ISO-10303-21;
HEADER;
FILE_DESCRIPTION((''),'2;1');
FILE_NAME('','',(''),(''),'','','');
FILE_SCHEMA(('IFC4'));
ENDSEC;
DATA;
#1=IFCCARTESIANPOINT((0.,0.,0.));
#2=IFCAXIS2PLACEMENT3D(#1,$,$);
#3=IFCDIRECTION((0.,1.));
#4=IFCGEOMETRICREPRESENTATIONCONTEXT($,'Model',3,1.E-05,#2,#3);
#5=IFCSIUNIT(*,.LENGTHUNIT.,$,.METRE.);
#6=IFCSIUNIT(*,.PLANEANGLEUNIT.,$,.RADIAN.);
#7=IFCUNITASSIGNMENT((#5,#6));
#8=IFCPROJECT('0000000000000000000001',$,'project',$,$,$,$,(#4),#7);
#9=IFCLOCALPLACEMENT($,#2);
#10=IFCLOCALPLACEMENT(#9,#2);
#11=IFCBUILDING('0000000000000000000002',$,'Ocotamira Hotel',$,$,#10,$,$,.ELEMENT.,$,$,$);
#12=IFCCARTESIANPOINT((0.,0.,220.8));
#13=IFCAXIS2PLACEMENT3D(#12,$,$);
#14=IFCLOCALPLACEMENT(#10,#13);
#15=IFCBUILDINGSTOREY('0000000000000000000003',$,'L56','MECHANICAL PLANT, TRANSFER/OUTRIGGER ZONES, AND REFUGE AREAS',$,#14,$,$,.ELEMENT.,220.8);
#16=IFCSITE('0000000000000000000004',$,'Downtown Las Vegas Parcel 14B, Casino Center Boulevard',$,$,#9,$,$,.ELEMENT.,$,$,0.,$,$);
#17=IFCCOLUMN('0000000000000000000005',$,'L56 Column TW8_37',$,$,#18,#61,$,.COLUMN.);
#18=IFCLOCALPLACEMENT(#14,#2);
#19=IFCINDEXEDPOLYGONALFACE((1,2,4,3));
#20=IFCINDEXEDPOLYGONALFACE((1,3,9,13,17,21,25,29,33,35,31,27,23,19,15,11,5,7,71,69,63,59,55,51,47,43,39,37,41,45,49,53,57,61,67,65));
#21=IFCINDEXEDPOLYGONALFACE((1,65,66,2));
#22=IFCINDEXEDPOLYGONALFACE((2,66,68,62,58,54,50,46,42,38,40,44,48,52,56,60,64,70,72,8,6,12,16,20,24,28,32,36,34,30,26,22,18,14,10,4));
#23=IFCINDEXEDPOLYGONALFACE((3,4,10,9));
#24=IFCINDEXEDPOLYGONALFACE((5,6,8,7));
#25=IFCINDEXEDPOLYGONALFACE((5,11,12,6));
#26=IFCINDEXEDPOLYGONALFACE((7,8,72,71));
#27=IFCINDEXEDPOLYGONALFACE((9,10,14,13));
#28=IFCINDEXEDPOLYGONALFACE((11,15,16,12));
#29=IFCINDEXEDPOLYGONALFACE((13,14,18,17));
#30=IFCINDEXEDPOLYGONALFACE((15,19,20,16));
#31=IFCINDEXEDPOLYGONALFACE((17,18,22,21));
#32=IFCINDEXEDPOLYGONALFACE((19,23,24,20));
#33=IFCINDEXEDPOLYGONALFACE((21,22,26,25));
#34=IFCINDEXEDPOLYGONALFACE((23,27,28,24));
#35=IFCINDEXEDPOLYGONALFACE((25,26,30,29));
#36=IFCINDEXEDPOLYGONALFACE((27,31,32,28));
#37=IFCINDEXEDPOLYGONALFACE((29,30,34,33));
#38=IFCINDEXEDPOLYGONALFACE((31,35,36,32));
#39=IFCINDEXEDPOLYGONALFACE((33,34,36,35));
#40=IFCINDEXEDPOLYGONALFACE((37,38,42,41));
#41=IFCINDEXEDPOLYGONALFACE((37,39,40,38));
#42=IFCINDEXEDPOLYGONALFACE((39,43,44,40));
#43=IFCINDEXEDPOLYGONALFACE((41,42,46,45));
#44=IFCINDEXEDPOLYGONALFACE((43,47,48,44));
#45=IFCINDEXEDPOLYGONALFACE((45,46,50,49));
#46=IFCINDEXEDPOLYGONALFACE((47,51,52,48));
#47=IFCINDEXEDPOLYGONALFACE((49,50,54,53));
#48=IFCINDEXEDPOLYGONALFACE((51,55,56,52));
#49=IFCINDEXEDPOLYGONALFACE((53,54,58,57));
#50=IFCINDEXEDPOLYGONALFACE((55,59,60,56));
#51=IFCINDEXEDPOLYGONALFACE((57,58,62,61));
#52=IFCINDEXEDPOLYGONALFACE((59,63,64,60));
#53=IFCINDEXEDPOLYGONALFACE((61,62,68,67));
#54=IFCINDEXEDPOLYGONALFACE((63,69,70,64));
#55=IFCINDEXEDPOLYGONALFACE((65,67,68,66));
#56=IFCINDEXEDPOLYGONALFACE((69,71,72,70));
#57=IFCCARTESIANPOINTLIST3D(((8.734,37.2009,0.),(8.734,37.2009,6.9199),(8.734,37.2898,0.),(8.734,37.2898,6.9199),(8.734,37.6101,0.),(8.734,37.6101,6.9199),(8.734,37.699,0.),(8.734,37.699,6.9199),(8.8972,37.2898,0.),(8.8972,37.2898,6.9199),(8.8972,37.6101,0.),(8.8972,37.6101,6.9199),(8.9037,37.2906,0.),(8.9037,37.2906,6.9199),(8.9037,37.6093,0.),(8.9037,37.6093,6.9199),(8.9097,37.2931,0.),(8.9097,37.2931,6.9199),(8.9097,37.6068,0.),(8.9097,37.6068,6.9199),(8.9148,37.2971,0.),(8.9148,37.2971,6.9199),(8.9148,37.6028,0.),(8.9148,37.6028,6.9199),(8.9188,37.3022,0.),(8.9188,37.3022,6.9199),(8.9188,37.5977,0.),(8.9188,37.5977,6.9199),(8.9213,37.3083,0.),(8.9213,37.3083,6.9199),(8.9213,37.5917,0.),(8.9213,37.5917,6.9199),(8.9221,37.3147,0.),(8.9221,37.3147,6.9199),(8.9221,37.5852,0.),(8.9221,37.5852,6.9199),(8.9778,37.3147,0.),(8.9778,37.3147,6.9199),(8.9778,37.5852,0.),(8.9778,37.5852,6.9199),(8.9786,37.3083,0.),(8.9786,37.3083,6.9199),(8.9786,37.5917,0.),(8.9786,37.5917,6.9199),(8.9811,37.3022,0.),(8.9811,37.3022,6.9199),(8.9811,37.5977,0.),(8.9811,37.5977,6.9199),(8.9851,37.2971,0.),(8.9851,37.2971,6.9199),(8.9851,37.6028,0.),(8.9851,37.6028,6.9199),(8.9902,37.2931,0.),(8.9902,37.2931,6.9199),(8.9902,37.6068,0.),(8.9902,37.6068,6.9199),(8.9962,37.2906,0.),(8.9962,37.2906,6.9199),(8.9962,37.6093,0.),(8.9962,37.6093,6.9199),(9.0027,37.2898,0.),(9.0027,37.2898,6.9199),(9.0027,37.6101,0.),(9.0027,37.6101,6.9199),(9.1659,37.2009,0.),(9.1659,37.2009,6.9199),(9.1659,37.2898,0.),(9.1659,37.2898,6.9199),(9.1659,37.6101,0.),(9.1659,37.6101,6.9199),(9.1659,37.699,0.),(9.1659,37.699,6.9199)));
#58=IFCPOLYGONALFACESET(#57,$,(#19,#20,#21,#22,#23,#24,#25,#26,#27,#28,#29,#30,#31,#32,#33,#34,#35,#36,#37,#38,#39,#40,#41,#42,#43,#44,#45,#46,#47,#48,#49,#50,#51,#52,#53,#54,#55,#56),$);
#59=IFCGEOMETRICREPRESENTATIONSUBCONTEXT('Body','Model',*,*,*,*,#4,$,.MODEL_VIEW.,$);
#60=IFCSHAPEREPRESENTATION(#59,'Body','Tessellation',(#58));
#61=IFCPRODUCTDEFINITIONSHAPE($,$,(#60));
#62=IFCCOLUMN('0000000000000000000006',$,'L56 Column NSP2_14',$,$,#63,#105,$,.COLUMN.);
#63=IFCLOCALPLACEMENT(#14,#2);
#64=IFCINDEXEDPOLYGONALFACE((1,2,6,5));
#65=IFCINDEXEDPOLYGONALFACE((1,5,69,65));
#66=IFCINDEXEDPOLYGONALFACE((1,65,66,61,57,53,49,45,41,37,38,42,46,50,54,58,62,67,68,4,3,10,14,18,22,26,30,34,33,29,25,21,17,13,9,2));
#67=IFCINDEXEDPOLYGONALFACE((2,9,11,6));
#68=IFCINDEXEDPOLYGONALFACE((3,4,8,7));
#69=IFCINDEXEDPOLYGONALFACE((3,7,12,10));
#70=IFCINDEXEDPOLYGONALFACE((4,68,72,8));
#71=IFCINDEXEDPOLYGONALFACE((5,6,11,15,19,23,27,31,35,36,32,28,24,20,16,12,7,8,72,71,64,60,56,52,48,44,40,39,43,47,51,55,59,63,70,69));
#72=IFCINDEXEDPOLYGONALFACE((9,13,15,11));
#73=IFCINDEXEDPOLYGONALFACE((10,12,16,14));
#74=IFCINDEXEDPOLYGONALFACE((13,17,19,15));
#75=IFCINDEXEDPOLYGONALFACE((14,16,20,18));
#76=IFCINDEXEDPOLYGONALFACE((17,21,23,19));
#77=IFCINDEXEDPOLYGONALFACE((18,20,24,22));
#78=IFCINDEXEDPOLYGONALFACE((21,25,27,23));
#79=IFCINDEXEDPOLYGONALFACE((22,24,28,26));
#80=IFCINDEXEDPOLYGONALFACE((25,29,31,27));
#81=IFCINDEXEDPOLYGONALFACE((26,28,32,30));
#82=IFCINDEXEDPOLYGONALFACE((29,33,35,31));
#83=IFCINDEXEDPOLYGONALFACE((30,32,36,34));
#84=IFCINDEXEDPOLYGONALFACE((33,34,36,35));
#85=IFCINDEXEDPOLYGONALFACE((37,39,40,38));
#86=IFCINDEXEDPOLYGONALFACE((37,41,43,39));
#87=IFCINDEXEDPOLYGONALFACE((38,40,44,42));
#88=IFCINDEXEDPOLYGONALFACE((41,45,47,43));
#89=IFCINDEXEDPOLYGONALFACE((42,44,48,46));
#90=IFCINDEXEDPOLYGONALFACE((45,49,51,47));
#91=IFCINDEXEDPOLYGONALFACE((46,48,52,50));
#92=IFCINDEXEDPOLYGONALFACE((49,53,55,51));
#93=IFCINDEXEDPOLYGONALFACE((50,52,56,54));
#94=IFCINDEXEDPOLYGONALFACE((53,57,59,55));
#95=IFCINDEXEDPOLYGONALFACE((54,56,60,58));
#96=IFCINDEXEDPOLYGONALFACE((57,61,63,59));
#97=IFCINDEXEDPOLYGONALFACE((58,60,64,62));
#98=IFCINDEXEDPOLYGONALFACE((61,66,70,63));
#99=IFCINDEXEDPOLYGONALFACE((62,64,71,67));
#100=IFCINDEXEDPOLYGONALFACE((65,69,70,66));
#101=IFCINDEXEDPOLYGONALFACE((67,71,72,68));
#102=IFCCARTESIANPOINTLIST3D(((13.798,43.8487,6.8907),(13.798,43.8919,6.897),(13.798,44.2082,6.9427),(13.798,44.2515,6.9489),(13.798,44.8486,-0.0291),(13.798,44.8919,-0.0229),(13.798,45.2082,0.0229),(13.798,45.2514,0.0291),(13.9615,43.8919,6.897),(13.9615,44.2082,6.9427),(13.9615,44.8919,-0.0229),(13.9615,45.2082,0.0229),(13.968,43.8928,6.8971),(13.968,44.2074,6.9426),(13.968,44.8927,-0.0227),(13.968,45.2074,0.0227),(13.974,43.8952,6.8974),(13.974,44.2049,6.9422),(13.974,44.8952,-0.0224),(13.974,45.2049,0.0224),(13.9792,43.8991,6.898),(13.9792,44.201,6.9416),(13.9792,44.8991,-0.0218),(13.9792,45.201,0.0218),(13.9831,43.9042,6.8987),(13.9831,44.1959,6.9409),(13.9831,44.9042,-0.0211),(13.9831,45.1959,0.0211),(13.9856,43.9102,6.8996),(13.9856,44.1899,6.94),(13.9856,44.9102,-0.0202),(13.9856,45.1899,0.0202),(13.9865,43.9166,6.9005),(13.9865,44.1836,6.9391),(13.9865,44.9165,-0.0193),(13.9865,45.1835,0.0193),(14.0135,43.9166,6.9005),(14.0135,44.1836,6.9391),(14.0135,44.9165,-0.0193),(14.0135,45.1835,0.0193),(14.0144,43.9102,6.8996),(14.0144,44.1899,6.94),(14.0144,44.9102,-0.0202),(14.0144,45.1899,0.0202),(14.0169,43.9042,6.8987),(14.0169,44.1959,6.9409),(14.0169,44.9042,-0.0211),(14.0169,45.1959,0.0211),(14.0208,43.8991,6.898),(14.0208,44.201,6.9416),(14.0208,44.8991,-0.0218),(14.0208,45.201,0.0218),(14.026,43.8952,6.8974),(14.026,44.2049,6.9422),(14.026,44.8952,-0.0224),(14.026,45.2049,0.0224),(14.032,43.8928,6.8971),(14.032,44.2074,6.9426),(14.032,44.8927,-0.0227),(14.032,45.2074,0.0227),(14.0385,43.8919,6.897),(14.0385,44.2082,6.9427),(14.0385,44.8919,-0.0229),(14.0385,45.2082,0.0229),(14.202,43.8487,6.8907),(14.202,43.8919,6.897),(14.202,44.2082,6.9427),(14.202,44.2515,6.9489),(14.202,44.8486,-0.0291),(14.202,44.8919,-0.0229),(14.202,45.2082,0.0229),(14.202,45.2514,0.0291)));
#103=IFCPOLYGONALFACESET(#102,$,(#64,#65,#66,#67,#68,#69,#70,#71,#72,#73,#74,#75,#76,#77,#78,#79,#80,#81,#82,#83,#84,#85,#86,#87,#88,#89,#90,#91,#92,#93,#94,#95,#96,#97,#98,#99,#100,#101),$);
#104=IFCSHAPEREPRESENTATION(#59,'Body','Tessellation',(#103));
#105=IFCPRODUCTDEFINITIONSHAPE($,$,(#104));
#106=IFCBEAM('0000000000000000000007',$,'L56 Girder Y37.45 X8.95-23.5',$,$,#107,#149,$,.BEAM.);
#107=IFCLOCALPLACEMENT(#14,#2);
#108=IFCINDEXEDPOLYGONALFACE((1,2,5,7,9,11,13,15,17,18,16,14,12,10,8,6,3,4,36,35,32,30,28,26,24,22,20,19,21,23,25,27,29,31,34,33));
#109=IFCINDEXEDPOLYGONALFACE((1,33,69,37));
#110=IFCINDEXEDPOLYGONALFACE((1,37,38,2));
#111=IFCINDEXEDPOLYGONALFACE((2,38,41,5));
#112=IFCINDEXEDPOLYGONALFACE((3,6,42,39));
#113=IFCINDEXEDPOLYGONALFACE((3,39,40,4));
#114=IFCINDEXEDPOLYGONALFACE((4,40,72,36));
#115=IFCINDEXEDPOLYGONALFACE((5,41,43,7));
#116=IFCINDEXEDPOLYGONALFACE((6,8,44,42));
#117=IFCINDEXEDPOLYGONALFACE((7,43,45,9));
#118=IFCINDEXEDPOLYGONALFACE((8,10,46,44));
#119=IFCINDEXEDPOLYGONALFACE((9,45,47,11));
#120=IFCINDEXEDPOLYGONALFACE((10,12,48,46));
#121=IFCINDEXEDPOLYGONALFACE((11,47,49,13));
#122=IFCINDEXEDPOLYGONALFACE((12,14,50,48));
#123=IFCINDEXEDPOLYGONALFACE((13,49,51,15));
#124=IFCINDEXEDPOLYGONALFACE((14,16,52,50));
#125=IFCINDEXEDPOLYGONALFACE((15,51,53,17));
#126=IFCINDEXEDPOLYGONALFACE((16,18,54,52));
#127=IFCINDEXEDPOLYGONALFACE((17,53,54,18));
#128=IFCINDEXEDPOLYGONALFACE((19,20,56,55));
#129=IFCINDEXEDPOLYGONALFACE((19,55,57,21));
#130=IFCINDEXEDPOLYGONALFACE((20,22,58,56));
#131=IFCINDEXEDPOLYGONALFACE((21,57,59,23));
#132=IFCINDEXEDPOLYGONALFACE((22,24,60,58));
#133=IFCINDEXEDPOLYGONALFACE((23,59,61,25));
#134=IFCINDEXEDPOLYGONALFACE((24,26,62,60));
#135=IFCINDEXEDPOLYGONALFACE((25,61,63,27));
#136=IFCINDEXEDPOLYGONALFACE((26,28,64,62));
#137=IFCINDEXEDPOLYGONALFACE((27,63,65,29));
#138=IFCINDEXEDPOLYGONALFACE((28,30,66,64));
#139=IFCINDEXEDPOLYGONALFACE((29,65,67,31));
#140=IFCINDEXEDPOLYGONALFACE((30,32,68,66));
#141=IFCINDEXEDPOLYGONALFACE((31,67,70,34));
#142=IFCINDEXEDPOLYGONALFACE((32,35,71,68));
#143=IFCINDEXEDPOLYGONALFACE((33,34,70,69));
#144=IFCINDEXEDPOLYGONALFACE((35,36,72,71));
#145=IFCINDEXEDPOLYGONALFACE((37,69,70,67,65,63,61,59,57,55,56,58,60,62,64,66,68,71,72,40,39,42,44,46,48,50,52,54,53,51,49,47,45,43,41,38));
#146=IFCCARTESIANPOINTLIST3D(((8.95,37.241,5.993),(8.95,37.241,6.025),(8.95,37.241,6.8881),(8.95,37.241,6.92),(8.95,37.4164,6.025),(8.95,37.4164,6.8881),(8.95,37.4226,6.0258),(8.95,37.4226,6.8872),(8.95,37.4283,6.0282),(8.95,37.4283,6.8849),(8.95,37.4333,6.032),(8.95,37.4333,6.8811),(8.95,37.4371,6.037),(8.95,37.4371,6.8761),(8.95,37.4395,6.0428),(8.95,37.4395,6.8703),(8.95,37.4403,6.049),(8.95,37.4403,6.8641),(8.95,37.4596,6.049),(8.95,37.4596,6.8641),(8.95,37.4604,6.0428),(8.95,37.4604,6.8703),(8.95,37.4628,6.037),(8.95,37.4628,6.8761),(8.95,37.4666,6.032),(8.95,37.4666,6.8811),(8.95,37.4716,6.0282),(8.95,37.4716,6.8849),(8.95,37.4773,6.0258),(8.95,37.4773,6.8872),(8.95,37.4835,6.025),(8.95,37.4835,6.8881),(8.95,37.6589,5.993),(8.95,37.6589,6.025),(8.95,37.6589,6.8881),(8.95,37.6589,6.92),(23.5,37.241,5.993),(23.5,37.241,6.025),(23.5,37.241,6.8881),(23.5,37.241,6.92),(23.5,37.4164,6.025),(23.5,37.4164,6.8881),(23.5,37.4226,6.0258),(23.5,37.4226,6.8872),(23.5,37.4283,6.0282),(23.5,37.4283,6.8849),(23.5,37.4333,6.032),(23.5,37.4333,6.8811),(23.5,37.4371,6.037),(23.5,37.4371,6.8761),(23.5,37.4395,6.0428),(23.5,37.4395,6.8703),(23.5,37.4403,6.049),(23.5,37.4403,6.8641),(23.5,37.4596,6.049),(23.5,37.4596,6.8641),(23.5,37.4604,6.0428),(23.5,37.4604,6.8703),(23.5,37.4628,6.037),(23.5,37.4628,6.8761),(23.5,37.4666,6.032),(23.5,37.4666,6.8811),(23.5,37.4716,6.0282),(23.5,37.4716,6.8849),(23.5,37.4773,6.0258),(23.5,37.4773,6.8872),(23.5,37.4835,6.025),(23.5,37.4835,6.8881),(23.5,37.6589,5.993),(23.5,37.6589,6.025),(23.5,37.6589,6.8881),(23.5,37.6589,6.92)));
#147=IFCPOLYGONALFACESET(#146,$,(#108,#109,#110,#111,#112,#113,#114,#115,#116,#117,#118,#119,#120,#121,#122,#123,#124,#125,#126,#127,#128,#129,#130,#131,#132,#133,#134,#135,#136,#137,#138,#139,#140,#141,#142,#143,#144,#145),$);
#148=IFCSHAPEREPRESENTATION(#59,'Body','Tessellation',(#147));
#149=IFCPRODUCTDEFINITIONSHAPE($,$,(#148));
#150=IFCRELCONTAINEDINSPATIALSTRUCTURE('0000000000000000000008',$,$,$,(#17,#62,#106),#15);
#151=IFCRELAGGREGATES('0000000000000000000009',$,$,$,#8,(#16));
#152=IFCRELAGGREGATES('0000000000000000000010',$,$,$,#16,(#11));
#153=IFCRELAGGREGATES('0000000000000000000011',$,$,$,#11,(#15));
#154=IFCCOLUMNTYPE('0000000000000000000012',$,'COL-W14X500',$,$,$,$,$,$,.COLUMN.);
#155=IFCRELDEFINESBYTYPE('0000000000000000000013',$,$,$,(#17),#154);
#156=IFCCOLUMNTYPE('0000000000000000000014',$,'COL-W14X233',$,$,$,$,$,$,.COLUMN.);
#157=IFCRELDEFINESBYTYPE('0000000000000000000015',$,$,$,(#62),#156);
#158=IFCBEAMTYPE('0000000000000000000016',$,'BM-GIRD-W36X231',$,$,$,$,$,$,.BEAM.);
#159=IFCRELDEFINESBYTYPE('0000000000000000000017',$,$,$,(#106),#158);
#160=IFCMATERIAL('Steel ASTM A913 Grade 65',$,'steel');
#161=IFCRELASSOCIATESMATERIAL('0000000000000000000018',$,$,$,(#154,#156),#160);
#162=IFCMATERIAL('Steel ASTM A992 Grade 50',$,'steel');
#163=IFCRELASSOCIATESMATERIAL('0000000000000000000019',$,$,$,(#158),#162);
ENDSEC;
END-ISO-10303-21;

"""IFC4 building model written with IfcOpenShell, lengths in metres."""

from ifc_helpers import new_model, si_unit, direction, frame, origin, origin_2d, place, context, subcontext, project, spatial, i_section, extrude, source, transform, mapped, material, material_profile, profile_set, type_object, element, save


model = new_model("IFC4")

# Units and contexts
model_context = context("Model", 3, precision=1e-05, world=origin(), true_north=direction((0.0, 1.0)))
body_context = subcontext(model_context, "Body", "Model", "MODEL_VIEW")
ifc_project = project(units=[si_unit("LENGTHUNIT", "METRE"), si_unit("PLANEANGLEUNIT", "RADIAN")], contexts=[model_context])

# Site, building, storey
site_placement = place(None, origin())
site = spatial("IfcSite", under=ifc_project, at=site_placement, Name="Downtown Las Vegas Parcel 14B, Casino Center Boulevard", CompositionType="ELEMENT", RefElevation=0.0)
building_placement = place(site_placement, origin())
building = spatial("IfcBuilding", under=site, at=building_placement, Name="Ocotamira Hotel", CompositionType="ELEMENT")
storey_placement = place(building_placement, frame((0.0, 0.0, 220.8)))
storey = spatial("IfcBuildingStorey", under=building, at=storey_placement, Name="L56", Description="MECHANICAL PLANT, TRANSFER/OUTRIGGER ZONES, AND REFUGE AREAS", CompositionType="ELEMENT", Elevation=220.8)

# Columns
ifc_material_1 = material(Name="Steel ASTM A913 Grade 65", Category="steel")
ifc_material_profile_1 = material_profile(ifc_material_1, i_section(OverallWidth=0.4319, OverallDepth=0.498, WebThickness=0.0557, FlangeThickness=0.0889, FilletRadius=0.0249, at=origin_2d()), Name="W14X500")
ifc_profile_set_1 = profile_set([ifc_material_profile_1], Name="Steel ASTM A913 Grade 65")
column_type_1 = type_object("IfcColumnType", Name="COL-W14X500", PredefinedType="COLUMN", material=ifc_profile_set_1)
shared_shape_1 = source(origin(), body_context, "Body", "SweptSolid", [
    extrude(i_section(OverallWidth=0.4319, OverallDepth=0.498, WebThickness=0.0557, FlangeThickness=0.0889, FilletRadius=0.0249, at=origin_2d()), origin(), (0.0, 0.0, 1.0), 6.9199),
])
column_1_placement = place(storey_placement, frame((8.95, 37.45, 0.0), z_axis=(0.0, 0.0, 1.0), x_axis=(1.0, 0.0, 0.0)))
element("IfcColumn", 1, at=column_1_placement, inside=storey, type_object=column_type_1, Name="L56 Column TW8_37", PredefinedType="COLUMN", context=body_context, shape_type="MappedRepresentation", body=[
    mapped(shared_shape_1, transform((0.0, 0.0, 0.0), scale=1.0)),
])
ifc_material_profile_2 = material_profile(ifc_material_1, i_section(OverallWidth=0.4041, OverallDepth=0.407, WebThickness=0.0271, FlangeThickness=0.0437, FilletRadius=0.0249, at=origin_2d()), Name="W14X233")
ifc_profile_set_2 = profile_set([ifc_material_profile_2], Name="Steel ASTM A913 Grade 65")
column_type_2 = type_object("IfcColumnType", Name="COL-W14X233", PredefinedType="COLUMN", material=ifc_profile_set_2)
shared_shape_2 = source(origin(), body_context, "Body", "SweptSolid", [
    extrude(i_section(OverallWidth=0.4041, OverallDepth=0.407, WebThickness=0.0271, FlangeThickness=0.0437, FilletRadius=0.0249, at=origin_2d()), origin(), (0.0, 0.0, 1.0), 6.9917),
])
column_2_placement = place(storey_placement, frame((14.0, 45.05, 0.0), z_axis=(0.0, -0.143025, 0.989719), x_axis=(1.0, 0.0, 0.0)))
element("IfcColumn", 2, at=column_2_placement, inside=storey, type_object=column_type_2, Name="L56 Column NSP2_14", PredefinedType="COLUMN", context=body_context, shape_type="MappedRepresentation", body=[
    mapped(shared_shape_2, transform((0.0, 0.0, 0.0), scale=1.0)),
])

# Beam
ifc_material_2 = material(Name="Steel ASTM A992 Grade 50", Category="steel")
ifc_material_profile_3 = material_profile(ifc_material_2, i_section(OverallWidth=0.418, OverallDepth=0.927, WebThickness=0.0193, FlangeThickness=0.032, FilletRadius=0.0239, at=origin_2d()), Name="W36X231")
ifc_profile_set_3 = profile_set([ifc_material_profile_3], Name="Steel ASTM A992 Grade 50")
beam_type_1 = type_object("IfcBeamType", Name="BM-GIRD-W36X231", PredefinedType="BEAM", material=ifc_profile_set_3)
shared_shape_3 = source(origin(), body_context, "Body", "SweptSolid", [
    extrude(i_section(OverallWidth=0.418, OverallDepth=0.927, WebThickness=0.0193, FlangeThickness=0.032, FilletRadius=0.0239, at=origin_2d()), origin(), (0.0, 0.0, 1.0), 14.55),
])
beam_1_placement = place(storey_placement, frame((8.95, 37.45, 6.4565), z_axis=(1.0, 0.0, 0.0), x_axis=(0.0, 1.0, 0.0)))
element("IfcBeam", 3, at=beam_1_placement, inside=storey, type_object=beam_type_1, Name="L56 Girder Y37.45 X8.95-23.5", PredefinedType="BEAM", context=body_context, shape_type="MappedRepresentation", body=[
    mapped(shared_shape_3, transform((0.0, 0.0, 0.0), scale=1.0)),
])

save(model, "model.ifc")
